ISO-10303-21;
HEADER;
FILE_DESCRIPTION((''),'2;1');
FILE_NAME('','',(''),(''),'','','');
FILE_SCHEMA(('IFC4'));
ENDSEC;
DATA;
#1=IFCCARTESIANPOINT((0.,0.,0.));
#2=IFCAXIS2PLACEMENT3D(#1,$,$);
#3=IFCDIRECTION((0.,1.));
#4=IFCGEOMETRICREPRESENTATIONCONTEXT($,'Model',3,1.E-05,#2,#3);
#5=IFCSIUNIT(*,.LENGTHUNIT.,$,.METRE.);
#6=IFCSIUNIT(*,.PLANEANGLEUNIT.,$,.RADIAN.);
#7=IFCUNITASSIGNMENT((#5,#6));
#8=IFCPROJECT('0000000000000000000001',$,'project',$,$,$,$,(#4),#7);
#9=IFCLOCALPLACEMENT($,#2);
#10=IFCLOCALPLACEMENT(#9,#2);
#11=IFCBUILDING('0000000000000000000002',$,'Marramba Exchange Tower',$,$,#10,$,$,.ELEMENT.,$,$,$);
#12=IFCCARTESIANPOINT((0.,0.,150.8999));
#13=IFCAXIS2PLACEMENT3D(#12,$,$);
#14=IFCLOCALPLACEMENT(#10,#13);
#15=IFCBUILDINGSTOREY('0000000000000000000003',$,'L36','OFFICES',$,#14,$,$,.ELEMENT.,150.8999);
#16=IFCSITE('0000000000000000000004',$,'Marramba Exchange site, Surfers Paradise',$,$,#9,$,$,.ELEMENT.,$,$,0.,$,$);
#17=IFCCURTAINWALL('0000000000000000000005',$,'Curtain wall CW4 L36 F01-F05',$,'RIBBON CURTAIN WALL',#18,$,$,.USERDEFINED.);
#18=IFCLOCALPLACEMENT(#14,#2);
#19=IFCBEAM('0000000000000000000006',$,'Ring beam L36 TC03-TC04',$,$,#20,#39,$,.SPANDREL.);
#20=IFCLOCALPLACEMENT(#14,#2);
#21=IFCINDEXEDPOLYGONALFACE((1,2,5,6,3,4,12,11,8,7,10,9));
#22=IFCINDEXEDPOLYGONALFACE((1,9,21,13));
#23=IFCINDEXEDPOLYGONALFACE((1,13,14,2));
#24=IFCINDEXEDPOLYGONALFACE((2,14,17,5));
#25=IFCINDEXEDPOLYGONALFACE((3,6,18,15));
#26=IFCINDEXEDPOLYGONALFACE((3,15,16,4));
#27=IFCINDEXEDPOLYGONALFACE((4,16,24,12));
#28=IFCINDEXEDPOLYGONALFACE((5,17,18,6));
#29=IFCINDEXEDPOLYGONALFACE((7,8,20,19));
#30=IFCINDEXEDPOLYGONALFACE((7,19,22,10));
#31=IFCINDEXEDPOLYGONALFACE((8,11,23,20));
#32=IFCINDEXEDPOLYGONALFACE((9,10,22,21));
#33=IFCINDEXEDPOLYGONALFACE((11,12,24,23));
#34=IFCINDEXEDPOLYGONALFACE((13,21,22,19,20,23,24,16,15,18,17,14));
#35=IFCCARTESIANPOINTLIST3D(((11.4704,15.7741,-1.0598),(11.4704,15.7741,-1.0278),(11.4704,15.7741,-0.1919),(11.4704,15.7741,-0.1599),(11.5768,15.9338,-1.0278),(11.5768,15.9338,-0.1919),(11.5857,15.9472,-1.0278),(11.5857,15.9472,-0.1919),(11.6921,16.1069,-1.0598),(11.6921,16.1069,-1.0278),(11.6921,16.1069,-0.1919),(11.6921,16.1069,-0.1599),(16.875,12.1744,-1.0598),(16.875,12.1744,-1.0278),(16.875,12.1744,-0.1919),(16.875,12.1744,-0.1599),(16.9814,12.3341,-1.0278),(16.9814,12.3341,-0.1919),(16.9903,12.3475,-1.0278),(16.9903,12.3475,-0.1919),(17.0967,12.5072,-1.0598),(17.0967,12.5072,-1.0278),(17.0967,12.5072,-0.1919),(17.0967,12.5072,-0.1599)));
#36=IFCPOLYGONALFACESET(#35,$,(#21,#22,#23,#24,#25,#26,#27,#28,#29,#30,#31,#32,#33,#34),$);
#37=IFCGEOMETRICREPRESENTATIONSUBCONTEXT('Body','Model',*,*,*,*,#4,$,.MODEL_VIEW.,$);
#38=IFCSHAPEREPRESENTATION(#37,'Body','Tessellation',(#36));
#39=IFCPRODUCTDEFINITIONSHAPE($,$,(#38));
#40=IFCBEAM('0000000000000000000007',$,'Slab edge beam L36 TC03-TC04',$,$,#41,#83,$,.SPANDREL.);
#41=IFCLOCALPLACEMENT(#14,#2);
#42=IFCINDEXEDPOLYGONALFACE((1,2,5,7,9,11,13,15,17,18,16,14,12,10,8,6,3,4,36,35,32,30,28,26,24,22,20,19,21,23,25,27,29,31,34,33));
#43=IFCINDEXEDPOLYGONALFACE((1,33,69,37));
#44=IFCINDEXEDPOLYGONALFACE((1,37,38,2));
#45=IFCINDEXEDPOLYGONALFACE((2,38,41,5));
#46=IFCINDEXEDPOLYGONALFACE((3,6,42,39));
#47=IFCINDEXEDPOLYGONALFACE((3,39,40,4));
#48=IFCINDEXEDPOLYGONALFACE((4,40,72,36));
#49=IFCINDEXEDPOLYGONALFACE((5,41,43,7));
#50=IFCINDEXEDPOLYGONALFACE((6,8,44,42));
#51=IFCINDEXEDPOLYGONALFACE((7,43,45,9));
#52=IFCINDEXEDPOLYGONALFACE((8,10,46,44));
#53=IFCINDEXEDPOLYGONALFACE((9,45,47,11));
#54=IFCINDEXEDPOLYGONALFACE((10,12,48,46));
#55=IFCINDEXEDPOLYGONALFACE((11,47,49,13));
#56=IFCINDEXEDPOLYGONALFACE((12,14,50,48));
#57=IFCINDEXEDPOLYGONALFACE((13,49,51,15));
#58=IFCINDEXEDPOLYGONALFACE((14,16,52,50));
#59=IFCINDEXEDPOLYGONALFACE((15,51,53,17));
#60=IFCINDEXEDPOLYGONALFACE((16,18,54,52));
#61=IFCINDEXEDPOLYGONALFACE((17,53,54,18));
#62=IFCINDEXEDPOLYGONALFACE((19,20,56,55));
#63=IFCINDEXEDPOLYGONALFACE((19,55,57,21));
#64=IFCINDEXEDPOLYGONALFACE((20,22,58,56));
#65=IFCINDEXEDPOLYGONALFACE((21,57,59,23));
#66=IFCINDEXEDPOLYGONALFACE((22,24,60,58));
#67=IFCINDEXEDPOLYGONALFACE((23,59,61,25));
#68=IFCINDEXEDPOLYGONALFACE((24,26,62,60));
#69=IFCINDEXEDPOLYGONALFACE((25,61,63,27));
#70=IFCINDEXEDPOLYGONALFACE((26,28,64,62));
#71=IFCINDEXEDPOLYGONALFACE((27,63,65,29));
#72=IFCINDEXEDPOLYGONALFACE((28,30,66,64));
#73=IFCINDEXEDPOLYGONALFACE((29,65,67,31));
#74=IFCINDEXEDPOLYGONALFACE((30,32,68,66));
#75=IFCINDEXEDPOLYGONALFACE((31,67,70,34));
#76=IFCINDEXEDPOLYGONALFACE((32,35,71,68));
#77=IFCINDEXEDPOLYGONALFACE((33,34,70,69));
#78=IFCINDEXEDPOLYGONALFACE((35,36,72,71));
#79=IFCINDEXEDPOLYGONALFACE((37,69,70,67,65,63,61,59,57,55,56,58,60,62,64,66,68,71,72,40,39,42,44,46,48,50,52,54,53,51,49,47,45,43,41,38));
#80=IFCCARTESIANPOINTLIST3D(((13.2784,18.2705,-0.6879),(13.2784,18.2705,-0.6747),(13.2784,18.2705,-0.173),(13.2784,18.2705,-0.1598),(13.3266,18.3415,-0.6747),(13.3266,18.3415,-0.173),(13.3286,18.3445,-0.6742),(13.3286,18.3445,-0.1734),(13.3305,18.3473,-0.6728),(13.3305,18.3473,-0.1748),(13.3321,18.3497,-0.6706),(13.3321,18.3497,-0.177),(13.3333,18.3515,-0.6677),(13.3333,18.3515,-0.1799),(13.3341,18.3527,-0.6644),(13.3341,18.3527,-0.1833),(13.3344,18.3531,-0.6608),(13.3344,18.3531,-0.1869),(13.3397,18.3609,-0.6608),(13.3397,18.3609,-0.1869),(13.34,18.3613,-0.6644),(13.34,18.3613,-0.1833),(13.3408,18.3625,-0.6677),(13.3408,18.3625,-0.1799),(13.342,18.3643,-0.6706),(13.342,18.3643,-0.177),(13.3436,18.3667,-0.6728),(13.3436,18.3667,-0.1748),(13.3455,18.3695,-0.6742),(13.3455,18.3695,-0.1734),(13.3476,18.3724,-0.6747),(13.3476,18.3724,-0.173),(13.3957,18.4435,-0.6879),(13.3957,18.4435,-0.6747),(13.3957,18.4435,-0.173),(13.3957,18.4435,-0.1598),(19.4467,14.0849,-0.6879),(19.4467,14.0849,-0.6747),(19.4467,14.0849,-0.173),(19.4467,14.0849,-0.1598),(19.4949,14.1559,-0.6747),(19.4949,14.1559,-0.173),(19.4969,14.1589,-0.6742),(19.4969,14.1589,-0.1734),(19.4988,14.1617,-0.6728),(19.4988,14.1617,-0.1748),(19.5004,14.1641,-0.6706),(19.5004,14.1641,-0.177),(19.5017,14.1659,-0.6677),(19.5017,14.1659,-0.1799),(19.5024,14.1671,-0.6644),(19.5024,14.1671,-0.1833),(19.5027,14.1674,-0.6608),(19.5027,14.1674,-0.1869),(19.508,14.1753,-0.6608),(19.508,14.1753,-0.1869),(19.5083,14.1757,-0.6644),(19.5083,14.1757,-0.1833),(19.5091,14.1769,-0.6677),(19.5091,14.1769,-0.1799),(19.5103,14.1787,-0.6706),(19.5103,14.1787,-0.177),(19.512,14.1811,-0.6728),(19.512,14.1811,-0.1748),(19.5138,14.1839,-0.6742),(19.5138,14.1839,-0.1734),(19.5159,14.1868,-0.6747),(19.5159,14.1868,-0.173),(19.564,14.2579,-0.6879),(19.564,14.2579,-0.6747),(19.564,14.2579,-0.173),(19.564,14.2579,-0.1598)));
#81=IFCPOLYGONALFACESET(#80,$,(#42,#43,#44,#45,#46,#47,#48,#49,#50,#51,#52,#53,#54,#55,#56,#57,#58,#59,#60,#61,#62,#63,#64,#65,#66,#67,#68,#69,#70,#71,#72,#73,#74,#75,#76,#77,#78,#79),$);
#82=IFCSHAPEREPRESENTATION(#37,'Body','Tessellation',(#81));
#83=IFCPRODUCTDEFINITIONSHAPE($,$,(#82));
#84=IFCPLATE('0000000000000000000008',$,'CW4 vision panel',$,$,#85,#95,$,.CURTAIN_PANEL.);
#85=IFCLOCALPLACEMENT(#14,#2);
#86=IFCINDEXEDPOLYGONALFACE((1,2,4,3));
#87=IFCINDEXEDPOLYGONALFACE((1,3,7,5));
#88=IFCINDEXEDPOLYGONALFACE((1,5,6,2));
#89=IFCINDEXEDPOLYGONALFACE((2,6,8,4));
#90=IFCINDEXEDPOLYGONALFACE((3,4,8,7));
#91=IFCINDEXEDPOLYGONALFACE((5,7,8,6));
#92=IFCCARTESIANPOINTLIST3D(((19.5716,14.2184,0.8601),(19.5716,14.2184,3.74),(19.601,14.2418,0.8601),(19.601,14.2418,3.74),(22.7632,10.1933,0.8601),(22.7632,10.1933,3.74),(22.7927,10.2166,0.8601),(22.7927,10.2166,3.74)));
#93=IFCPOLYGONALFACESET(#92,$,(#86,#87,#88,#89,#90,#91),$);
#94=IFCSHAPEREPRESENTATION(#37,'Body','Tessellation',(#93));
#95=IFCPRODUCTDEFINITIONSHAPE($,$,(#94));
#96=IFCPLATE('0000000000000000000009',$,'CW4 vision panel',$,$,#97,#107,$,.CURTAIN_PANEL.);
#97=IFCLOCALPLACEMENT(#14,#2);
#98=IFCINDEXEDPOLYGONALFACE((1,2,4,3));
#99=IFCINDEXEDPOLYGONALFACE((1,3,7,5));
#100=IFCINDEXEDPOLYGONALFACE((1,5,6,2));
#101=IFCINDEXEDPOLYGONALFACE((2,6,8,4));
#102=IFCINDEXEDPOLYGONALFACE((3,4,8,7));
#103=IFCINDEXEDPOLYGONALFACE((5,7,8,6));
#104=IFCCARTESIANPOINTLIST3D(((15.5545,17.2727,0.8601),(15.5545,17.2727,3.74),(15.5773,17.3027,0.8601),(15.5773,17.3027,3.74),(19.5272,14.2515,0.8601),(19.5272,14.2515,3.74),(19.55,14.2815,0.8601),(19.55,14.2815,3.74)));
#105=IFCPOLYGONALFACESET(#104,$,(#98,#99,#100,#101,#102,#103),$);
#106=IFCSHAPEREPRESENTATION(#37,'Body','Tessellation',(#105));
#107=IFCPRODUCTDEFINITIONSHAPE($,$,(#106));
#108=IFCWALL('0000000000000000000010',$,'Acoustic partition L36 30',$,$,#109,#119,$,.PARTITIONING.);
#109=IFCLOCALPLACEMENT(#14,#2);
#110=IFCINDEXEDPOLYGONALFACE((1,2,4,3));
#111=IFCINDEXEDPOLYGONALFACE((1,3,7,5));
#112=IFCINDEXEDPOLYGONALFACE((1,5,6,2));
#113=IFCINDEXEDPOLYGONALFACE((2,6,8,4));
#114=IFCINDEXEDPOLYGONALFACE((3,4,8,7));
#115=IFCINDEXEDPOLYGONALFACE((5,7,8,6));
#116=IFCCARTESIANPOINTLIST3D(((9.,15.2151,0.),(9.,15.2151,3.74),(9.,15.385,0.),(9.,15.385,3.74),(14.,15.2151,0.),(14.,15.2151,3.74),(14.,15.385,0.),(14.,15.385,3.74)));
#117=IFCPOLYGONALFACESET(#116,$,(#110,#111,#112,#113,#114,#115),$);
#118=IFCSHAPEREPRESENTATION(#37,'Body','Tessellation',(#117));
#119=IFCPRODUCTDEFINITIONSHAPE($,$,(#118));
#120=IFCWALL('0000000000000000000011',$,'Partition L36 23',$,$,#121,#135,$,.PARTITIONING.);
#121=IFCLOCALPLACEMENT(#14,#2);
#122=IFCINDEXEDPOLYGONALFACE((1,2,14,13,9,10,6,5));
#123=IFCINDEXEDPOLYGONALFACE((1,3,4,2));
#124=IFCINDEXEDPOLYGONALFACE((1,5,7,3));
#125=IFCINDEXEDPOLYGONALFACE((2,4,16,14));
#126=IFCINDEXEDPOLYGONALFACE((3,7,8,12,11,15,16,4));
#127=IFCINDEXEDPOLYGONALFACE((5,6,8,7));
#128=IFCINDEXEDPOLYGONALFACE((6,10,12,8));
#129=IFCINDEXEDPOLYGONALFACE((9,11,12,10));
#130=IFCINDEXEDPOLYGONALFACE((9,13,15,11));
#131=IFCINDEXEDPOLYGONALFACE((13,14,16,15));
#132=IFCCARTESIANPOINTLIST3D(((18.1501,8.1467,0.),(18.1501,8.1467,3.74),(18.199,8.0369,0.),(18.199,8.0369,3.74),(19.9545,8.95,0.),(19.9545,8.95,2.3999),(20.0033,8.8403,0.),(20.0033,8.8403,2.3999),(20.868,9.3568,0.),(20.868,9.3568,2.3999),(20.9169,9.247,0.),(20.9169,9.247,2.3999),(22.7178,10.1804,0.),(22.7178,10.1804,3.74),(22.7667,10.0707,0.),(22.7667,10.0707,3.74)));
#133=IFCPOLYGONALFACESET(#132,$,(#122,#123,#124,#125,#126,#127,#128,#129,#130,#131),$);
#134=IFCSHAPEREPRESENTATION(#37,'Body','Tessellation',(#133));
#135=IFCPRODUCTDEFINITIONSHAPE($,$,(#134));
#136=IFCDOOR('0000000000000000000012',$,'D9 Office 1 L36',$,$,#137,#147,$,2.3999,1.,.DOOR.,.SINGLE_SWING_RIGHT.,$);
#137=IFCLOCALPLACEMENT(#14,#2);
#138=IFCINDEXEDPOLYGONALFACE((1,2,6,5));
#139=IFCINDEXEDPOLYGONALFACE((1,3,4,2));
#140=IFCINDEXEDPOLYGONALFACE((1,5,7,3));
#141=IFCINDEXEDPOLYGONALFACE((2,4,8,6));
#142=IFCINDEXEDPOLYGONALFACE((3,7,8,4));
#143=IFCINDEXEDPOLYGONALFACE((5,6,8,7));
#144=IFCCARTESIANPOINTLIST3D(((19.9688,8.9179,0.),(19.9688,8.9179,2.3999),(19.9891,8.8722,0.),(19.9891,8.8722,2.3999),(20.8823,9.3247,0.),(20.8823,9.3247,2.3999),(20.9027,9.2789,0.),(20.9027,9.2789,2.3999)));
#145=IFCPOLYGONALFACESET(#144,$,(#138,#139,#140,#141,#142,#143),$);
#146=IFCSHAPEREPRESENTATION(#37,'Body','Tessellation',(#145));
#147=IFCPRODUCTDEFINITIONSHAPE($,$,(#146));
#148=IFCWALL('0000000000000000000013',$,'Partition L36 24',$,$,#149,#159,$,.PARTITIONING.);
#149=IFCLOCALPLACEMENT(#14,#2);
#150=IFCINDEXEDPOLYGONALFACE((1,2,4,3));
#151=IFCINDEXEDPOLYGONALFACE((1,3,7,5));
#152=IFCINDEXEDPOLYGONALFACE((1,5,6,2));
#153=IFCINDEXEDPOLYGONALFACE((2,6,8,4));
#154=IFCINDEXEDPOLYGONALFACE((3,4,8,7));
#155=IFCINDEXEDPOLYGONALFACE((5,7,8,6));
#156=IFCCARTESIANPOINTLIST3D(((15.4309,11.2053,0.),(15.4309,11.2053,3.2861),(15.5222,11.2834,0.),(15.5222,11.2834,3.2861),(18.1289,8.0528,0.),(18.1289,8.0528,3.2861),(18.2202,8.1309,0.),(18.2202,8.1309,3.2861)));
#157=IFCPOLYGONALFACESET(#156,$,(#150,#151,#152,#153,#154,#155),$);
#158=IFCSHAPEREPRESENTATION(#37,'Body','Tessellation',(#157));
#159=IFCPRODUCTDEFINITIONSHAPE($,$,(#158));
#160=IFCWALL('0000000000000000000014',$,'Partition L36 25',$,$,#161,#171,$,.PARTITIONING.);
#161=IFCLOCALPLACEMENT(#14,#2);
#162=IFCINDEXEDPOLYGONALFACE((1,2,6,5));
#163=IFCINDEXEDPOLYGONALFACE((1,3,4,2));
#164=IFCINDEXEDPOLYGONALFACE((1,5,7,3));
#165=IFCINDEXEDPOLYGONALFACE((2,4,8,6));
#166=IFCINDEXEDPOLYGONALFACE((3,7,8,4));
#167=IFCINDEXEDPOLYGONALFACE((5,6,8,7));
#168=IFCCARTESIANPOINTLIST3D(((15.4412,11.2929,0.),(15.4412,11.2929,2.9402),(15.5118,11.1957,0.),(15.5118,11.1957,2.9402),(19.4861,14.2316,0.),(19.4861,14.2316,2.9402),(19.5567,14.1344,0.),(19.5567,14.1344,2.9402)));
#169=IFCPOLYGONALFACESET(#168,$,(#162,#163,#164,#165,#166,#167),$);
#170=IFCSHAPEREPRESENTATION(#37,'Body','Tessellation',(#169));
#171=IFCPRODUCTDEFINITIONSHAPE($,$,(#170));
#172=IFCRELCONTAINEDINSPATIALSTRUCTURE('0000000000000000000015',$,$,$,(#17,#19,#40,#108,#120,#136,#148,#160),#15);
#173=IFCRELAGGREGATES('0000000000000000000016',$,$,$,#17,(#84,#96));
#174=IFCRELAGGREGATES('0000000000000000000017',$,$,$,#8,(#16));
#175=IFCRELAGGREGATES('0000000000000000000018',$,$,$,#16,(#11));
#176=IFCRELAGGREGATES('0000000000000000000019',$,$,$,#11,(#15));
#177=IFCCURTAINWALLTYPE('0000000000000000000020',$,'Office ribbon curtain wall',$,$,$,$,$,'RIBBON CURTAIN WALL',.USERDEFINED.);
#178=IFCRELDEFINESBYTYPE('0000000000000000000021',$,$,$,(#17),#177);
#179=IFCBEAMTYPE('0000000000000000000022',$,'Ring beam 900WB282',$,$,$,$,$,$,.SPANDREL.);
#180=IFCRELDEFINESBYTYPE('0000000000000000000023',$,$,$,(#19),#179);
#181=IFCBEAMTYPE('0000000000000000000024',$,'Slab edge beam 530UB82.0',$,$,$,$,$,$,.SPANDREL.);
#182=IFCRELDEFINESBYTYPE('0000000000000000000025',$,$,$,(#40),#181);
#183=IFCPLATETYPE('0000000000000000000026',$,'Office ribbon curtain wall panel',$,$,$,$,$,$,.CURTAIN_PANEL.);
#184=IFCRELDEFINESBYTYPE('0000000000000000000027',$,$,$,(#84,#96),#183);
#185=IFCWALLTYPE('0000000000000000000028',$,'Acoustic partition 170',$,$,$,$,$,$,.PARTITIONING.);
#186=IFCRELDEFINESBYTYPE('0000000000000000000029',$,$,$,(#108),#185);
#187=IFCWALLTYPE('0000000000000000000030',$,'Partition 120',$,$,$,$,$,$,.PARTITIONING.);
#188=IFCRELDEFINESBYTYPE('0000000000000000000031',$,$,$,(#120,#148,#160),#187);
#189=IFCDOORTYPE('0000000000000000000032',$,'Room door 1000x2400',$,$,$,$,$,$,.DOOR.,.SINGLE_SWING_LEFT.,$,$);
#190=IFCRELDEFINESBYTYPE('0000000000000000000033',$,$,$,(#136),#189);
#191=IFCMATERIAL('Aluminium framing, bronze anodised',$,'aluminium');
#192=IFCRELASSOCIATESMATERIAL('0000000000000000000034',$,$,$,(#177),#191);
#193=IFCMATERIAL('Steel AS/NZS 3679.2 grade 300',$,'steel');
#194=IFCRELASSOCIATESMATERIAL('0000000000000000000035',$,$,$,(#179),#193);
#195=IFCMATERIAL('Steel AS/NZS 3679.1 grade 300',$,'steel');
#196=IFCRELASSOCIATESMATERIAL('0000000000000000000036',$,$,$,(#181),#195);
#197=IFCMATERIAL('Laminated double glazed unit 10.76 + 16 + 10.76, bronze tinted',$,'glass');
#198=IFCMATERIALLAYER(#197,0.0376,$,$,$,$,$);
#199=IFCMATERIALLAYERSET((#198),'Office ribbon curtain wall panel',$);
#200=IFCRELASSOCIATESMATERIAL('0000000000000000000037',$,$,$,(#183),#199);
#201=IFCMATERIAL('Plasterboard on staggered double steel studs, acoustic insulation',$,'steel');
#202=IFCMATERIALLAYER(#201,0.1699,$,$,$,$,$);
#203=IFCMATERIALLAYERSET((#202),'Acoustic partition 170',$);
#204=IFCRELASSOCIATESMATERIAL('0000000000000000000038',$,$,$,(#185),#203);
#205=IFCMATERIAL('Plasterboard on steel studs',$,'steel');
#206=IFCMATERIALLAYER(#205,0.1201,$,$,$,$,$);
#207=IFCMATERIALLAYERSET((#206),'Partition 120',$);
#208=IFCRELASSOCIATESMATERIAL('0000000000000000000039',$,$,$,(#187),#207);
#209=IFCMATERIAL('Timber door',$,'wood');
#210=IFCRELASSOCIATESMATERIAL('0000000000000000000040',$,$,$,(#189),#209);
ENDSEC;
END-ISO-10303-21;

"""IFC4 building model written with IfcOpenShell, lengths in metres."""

from ifc_helpers import new_model, si_unit, direction, frame, frame_2d, origin, origin_2d, place, context, subcontext, project, spatial, rectangle, i_section, extrude, material, layer, layer_set, material_profile, profile_set, type_object, element, fill, aggregate, save


model = new_model("IFC4")

# Units and contexts
model_context = context("Model", 3, precision=1e-05, world=origin(), true_north=direction((0.0, 1.0)))
body_context = subcontext(model_context, "Body", "Model", "MODEL_VIEW")
ifc_project = project(units=[si_unit("LENGTHUNIT", "METRE"), si_unit("PLANEANGLEUNIT", "RADIAN")], contexts=[model_context])

# Site, building, storey
site_placement = place(None, origin())
site = spatial("IfcSite", under=ifc_project, at=site_placement, Name="Marramba Exchange site, Surfers Paradise", CompositionType="ELEMENT", RefElevation=0.0)
building_placement = place(site_placement, origin())
building = spatial("IfcBuilding", under=site, at=building_placement, Name="Marramba Exchange Tower", CompositionType="ELEMENT")
storey_placement = place(building_placement, frame((0.0, 0.0, 150.8999)))
storey = spatial("IfcBuildingStorey", under=building, at=storey_placement, Name="L36", Description="OFFICES", CompositionType="ELEMENT", Elevation=150.8999)

# Shared definitions
ifc_material_1 = material(Name="Steel AS/NZS 3679.2 grade 300", Category="steel")
ifc_material_2 = material(Name="Steel AS/NZS 3679.1 grade 300", Category="steel")

# Curtain wall
ifc_material_3 = material(Name="Aluminium framing, bronze anodised", Category="aluminium")
curtain_wall_type = type_object("IfcCurtainWallType", Name="Office ribbon curtain wall", ElementType="RIBBON CURTAIN WALL", PredefinedType="USERDEFINED", material=ifc_material_3)
curtain_wall_placement = place(storey_placement, origin())
curtain_wall = element("IfcCurtainWall", 1, at=curtain_wall_placement, inside=storey, type_object=curtain_wall_type, Name="Curtain wall CW4 L36 F01-F05", ObjectType="RIBBON CURTAIN WALL", PredefinedType="USERDEFINED")

# Beams
ifc_material_profile_1 = material_profile(ifc_material_1, i_section(OverallWidth=0.3999, OverallDepth=0.8999, WebThickness=0.0161, FlangeThickness=0.032, at=origin_2d()), Name="900WB282")
ifc_profile_set_1 = profile_set([ifc_material_profile_1], Name="Steel AS/NZS 3679.2 grade 300")
beam_type_1 = type_object("IfcBeamType", Name="Ring beam 900WB282", PredefinedType="SPANDREL", material=ifc_profile_set_1)
beam_1_placement = place(storey_placement, frame((16.9858, 12.3408, -0.6099), z_axis=(-0.832293, 0.554336, 0.0), x_axis=(-0.554336, -0.832293, 0.0)))
element("IfcBeam", 2, at=beam_1_placement, inside=storey, type_object=beam_type_1, Name="Ring beam L36 TC03-TC04", PredefinedType="SPANDREL", context=body_context, shape_type="SweptSolid", body=[
    extrude(i_section(OverallWidth=0.3999, OverallDepth=0.8999, WebThickness=0.0161, FlangeThickness=0.032, at=origin_2d()), origin(), (0.0, 0.0, 1.0), 6.4937),
])
ifc_material_profile_2 = material_profile(ifc_material_2, i_section(OverallWidth=0.209, OverallDepth=0.5281, WebThickness=0.0095, FlangeThickness=0.0132, FilletRadius=0.0139, at=origin_2d()), Name="530UB82.0")
ifc_profile_set_2 = profile_set([ifc_material_profile_2], Name="Steel AS/NZS 3679.1 grade 300")
beam_type_2 = type_object("IfcBeamType", Name="Slab edge beam 530UB82.0", PredefinedType="SPANDREL", material=ifc_profile_set_2)
beam_2_placement = place(storey_placement, frame((19.5054, 14.1714, -0.4238), z_axis=(-0.827477, 0.561499, 0.0), x_axis=(-0.561499, -0.827477, 0.0)))
element("IfcBeam", 3, at=beam_2_placement, inside=storey, type_object=beam_type_2, Name="Slab edge beam L36 TC03-TC04", PredefinedType="SPANDREL", context=body_context, shape_type="SweptSolid", body=[
    extrude(i_section(OverallWidth=0.209, OverallDepth=0.5281, WebThickness=0.0095, FlangeThickness=0.0132, FilletRadius=0.0139, at=origin_2d()), origin(), (0.0, 0.0, 1.0), 7.4543),
])

# Plates
ifc_material_4 = material(Name="Laminated double glazed unit 10.76 + 16 + 10.76, bronze tinted", Category="glass")
ifc_layer_1 = layer(ifc_material_4, 0.0376)
ifc_layer_set_1 = layer_set([ifc_layer_1], Name="Office ribbon curtain wall panel")
plate_type = type_object("IfcPlateType", Name="Office ribbon curtain wall panel", PredefinedType="CURTAIN_PANEL", material=ifc_layer_set_1)
plate_1_placement = place(storey_placement, frame((21.1821, 12.2175, 0.8601), z_axis=(0.0, 0.0, 1.0), x_axis=(-0.621312, 0.783563, 0.0)))
plate_1 = element("IfcPlate", 4, at=plate_1_placement, type_object=plate_type, Name="CW4 vision panel", PredefinedType="CURTAIN_PANEL", context=body_context, shape_type="SweptSolid", body=[
    extrude(rectangle(XDim=5.137, YDim=0.0376, at=origin_2d()), origin(), (0.0, 0.0, 1.0), 2.8799),
])
plate_2_placement = place(storey_placement, frame((17.5522, 15.7771, 0.8601), z_axis=(0.0, 0.0, 1.0), x_axis=(-0.795972, 0.605334, 0.0)))
plate_2 = element("IfcPlate", 5, at=plate_2_placement, type_object=plate_type, Name="CW4 vision panel", PredefinedType="CURTAIN_PANEL", context=body_context, shape_type="SweptSolid", body=[
    extrude(rectangle(XDim=4.991, YDim=0.0376, at=origin_2d()), origin(), (0.0, 0.0, 1.0), 2.8799),
])
aggregate(curtain_wall, [plate_1, plate_2])

# Shared definitions
ifc_material_5 = material(Name="Plasterboard on staggered double steel studs, acoustic insulation", Category="steel")
ifc_layer_2 = layer(ifc_material_5, 0.1699)
ifc_layer_set_2 = layer_set([ifc_layer_2], Name="Acoustic partition 170")
wall_type_1 = type_object("IfcWallType", Name="Acoustic partition 170", PredefinedType="PARTITIONING", material=ifc_layer_set_2)
ifc_material_6 = material(Name="Timber door", Category="wood")

# Wall
wall_1_placement = place(storey_placement, frame((14.0, 15.3, 0.0), z_axis=(0.0, 0.0, 1.0), x_axis=(-1.0, 0.0, 0.0)))
element("IfcWall", 6, at=wall_1_placement, inside=storey, type_object=wall_type_1, Name="Acoustic partition L36 30", PredefinedType="PARTITIONING", context=body_context, shape_type="SweptSolid", body=[
    extrude(rectangle(XDim=5.0, YDim=0.1699, at=frame_2d((2.5, 0.0))), origin(), (0.0, 0.0, 1.0), 3.74),
])

# Wall, opening, door
ifc_material_7 = material(Name="Plasterboard on steel studs", Category="steel")
ifc_layer_3 = layer(ifc_material_7, 0.1201)
ifc_layer_set_3 = layer_set([ifc_layer_3], Name="Partition 120")
wall_type_2 = type_object("IfcWallType", Name="Partition 120", PredefinedType="PARTITIONING", material=ifc_layer_set_3)
wall_2_placement = place(storey_placement, frame((18.1746, 8.0918, 0.0), z_axis=(0.0, 0.0, 1.0), x_axis=(0.913542, 0.406745, 0.0)))
wall_2 = element("IfcWall", 7, at=wall_2_placement, inside=storey, type_object=wall_type_2, Name="Partition L36 23", PredefinedType="PARTITIONING", context=body_context, shape_type="SweptSolid", body=[
    extrude(rectangle(XDim=5.0, YDim=0.1201, at=frame_2d((2.5, 0.0))), origin(), (0.0, 0.0, 1.0), 3.74),
])
opening_1_placement = place(wall_2_placement, frame((1.9751, 0.0, 0.0)))
opening_1 = element("IfcOpeningElement", 8, at=opening_1_placement, cuts=wall_2, PredefinedType="OPENING", context=body_context, shape_type="SweptSolid", body=[
    extrude(rectangle(XDim=1.0, YDim=2.3999, at=frame_2d((0.5, 1.2))), frame((0.0, 0.0701, 0.0), z_axis=(0.0, -1.0, 0.0), x_axis=(1.0, 0.0, 0.0)), (0.0, 0.0, 1.0), 0.1401),
])
door_type_1 = type_object("IfcDoorType", Name="Room door 1000x2400", OperationType="SINGLE_SWING_LEFT", PredefinedType="DOOR", material=ifc_material_6)
door_1_placement = place(opening_1_placement, origin())
door_1 = element("IfcDoor", 9, at=door_1_placement, inside=storey, type_object=door_type_1, Name="D9 Office 1 L36", OperationType="SINGLE_SWING_RIGHT", OverallHeight=2.3999, OverallWidth=1.0, PredefinedType="DOOR", context=body_context, shape_type="SweptSolid", body=[
    extrude(rectangle(XDim=1.0, YDim=2.3999, at=frame_2d((0.5, 1.2))), frame((0.0, 0.0249, 0.0), z_axis=(0.0, -1.0, 0.0), x_axis=(1.0, 0.0, 0.0)), (0.0, 0.0, 1.0), 0.05),
])
fill(opening_1, door_1)

# Walls
wall_3_placement = place(storey_placement, frame((15.4766, 11.2444, 0.0), z_axis=(0.0, 0.0, 1.0), x_axis=(0.650205, -0.759759, 0.0)))
element("IfcWall", 10, at=wall_3_placement, inside=storey, type_object=wall_type_2, Name="Partition L36 24", PredefinedType="PARTITIONING", context=body_context, shape_type="SweptSolid", body=[
    extrude(rectangle(XDim=4.1494, YDim=0.1201, at=frame_2d((2.0747, 0.0))), origin(), (0.0, 0.0, 1.0), 3.2861),
])
wall_4_placement = place(storey_placement, frame((19.5215, 14.1831, 0.0), z_axis=(0.0, 0.0, 1.0), x_axis=(-0.809025, -0.587774, 0.0)))
element("IfcWall", 11, at=wall_4_placement, inside=storey, type_object=wall_type_2, Name="Partition L36 25", PredefinedType="PARTITIONING", context=body_context, shape_type="SweptSolid", body=[
    extrude(rectangle(XDim=4.9998, YDim=0.1201, at=frame_2d((2.5, 0.0))), origin(), (0.0, 0.0, 1.0), 2.9402),
])

save(model, "model.ifc")
